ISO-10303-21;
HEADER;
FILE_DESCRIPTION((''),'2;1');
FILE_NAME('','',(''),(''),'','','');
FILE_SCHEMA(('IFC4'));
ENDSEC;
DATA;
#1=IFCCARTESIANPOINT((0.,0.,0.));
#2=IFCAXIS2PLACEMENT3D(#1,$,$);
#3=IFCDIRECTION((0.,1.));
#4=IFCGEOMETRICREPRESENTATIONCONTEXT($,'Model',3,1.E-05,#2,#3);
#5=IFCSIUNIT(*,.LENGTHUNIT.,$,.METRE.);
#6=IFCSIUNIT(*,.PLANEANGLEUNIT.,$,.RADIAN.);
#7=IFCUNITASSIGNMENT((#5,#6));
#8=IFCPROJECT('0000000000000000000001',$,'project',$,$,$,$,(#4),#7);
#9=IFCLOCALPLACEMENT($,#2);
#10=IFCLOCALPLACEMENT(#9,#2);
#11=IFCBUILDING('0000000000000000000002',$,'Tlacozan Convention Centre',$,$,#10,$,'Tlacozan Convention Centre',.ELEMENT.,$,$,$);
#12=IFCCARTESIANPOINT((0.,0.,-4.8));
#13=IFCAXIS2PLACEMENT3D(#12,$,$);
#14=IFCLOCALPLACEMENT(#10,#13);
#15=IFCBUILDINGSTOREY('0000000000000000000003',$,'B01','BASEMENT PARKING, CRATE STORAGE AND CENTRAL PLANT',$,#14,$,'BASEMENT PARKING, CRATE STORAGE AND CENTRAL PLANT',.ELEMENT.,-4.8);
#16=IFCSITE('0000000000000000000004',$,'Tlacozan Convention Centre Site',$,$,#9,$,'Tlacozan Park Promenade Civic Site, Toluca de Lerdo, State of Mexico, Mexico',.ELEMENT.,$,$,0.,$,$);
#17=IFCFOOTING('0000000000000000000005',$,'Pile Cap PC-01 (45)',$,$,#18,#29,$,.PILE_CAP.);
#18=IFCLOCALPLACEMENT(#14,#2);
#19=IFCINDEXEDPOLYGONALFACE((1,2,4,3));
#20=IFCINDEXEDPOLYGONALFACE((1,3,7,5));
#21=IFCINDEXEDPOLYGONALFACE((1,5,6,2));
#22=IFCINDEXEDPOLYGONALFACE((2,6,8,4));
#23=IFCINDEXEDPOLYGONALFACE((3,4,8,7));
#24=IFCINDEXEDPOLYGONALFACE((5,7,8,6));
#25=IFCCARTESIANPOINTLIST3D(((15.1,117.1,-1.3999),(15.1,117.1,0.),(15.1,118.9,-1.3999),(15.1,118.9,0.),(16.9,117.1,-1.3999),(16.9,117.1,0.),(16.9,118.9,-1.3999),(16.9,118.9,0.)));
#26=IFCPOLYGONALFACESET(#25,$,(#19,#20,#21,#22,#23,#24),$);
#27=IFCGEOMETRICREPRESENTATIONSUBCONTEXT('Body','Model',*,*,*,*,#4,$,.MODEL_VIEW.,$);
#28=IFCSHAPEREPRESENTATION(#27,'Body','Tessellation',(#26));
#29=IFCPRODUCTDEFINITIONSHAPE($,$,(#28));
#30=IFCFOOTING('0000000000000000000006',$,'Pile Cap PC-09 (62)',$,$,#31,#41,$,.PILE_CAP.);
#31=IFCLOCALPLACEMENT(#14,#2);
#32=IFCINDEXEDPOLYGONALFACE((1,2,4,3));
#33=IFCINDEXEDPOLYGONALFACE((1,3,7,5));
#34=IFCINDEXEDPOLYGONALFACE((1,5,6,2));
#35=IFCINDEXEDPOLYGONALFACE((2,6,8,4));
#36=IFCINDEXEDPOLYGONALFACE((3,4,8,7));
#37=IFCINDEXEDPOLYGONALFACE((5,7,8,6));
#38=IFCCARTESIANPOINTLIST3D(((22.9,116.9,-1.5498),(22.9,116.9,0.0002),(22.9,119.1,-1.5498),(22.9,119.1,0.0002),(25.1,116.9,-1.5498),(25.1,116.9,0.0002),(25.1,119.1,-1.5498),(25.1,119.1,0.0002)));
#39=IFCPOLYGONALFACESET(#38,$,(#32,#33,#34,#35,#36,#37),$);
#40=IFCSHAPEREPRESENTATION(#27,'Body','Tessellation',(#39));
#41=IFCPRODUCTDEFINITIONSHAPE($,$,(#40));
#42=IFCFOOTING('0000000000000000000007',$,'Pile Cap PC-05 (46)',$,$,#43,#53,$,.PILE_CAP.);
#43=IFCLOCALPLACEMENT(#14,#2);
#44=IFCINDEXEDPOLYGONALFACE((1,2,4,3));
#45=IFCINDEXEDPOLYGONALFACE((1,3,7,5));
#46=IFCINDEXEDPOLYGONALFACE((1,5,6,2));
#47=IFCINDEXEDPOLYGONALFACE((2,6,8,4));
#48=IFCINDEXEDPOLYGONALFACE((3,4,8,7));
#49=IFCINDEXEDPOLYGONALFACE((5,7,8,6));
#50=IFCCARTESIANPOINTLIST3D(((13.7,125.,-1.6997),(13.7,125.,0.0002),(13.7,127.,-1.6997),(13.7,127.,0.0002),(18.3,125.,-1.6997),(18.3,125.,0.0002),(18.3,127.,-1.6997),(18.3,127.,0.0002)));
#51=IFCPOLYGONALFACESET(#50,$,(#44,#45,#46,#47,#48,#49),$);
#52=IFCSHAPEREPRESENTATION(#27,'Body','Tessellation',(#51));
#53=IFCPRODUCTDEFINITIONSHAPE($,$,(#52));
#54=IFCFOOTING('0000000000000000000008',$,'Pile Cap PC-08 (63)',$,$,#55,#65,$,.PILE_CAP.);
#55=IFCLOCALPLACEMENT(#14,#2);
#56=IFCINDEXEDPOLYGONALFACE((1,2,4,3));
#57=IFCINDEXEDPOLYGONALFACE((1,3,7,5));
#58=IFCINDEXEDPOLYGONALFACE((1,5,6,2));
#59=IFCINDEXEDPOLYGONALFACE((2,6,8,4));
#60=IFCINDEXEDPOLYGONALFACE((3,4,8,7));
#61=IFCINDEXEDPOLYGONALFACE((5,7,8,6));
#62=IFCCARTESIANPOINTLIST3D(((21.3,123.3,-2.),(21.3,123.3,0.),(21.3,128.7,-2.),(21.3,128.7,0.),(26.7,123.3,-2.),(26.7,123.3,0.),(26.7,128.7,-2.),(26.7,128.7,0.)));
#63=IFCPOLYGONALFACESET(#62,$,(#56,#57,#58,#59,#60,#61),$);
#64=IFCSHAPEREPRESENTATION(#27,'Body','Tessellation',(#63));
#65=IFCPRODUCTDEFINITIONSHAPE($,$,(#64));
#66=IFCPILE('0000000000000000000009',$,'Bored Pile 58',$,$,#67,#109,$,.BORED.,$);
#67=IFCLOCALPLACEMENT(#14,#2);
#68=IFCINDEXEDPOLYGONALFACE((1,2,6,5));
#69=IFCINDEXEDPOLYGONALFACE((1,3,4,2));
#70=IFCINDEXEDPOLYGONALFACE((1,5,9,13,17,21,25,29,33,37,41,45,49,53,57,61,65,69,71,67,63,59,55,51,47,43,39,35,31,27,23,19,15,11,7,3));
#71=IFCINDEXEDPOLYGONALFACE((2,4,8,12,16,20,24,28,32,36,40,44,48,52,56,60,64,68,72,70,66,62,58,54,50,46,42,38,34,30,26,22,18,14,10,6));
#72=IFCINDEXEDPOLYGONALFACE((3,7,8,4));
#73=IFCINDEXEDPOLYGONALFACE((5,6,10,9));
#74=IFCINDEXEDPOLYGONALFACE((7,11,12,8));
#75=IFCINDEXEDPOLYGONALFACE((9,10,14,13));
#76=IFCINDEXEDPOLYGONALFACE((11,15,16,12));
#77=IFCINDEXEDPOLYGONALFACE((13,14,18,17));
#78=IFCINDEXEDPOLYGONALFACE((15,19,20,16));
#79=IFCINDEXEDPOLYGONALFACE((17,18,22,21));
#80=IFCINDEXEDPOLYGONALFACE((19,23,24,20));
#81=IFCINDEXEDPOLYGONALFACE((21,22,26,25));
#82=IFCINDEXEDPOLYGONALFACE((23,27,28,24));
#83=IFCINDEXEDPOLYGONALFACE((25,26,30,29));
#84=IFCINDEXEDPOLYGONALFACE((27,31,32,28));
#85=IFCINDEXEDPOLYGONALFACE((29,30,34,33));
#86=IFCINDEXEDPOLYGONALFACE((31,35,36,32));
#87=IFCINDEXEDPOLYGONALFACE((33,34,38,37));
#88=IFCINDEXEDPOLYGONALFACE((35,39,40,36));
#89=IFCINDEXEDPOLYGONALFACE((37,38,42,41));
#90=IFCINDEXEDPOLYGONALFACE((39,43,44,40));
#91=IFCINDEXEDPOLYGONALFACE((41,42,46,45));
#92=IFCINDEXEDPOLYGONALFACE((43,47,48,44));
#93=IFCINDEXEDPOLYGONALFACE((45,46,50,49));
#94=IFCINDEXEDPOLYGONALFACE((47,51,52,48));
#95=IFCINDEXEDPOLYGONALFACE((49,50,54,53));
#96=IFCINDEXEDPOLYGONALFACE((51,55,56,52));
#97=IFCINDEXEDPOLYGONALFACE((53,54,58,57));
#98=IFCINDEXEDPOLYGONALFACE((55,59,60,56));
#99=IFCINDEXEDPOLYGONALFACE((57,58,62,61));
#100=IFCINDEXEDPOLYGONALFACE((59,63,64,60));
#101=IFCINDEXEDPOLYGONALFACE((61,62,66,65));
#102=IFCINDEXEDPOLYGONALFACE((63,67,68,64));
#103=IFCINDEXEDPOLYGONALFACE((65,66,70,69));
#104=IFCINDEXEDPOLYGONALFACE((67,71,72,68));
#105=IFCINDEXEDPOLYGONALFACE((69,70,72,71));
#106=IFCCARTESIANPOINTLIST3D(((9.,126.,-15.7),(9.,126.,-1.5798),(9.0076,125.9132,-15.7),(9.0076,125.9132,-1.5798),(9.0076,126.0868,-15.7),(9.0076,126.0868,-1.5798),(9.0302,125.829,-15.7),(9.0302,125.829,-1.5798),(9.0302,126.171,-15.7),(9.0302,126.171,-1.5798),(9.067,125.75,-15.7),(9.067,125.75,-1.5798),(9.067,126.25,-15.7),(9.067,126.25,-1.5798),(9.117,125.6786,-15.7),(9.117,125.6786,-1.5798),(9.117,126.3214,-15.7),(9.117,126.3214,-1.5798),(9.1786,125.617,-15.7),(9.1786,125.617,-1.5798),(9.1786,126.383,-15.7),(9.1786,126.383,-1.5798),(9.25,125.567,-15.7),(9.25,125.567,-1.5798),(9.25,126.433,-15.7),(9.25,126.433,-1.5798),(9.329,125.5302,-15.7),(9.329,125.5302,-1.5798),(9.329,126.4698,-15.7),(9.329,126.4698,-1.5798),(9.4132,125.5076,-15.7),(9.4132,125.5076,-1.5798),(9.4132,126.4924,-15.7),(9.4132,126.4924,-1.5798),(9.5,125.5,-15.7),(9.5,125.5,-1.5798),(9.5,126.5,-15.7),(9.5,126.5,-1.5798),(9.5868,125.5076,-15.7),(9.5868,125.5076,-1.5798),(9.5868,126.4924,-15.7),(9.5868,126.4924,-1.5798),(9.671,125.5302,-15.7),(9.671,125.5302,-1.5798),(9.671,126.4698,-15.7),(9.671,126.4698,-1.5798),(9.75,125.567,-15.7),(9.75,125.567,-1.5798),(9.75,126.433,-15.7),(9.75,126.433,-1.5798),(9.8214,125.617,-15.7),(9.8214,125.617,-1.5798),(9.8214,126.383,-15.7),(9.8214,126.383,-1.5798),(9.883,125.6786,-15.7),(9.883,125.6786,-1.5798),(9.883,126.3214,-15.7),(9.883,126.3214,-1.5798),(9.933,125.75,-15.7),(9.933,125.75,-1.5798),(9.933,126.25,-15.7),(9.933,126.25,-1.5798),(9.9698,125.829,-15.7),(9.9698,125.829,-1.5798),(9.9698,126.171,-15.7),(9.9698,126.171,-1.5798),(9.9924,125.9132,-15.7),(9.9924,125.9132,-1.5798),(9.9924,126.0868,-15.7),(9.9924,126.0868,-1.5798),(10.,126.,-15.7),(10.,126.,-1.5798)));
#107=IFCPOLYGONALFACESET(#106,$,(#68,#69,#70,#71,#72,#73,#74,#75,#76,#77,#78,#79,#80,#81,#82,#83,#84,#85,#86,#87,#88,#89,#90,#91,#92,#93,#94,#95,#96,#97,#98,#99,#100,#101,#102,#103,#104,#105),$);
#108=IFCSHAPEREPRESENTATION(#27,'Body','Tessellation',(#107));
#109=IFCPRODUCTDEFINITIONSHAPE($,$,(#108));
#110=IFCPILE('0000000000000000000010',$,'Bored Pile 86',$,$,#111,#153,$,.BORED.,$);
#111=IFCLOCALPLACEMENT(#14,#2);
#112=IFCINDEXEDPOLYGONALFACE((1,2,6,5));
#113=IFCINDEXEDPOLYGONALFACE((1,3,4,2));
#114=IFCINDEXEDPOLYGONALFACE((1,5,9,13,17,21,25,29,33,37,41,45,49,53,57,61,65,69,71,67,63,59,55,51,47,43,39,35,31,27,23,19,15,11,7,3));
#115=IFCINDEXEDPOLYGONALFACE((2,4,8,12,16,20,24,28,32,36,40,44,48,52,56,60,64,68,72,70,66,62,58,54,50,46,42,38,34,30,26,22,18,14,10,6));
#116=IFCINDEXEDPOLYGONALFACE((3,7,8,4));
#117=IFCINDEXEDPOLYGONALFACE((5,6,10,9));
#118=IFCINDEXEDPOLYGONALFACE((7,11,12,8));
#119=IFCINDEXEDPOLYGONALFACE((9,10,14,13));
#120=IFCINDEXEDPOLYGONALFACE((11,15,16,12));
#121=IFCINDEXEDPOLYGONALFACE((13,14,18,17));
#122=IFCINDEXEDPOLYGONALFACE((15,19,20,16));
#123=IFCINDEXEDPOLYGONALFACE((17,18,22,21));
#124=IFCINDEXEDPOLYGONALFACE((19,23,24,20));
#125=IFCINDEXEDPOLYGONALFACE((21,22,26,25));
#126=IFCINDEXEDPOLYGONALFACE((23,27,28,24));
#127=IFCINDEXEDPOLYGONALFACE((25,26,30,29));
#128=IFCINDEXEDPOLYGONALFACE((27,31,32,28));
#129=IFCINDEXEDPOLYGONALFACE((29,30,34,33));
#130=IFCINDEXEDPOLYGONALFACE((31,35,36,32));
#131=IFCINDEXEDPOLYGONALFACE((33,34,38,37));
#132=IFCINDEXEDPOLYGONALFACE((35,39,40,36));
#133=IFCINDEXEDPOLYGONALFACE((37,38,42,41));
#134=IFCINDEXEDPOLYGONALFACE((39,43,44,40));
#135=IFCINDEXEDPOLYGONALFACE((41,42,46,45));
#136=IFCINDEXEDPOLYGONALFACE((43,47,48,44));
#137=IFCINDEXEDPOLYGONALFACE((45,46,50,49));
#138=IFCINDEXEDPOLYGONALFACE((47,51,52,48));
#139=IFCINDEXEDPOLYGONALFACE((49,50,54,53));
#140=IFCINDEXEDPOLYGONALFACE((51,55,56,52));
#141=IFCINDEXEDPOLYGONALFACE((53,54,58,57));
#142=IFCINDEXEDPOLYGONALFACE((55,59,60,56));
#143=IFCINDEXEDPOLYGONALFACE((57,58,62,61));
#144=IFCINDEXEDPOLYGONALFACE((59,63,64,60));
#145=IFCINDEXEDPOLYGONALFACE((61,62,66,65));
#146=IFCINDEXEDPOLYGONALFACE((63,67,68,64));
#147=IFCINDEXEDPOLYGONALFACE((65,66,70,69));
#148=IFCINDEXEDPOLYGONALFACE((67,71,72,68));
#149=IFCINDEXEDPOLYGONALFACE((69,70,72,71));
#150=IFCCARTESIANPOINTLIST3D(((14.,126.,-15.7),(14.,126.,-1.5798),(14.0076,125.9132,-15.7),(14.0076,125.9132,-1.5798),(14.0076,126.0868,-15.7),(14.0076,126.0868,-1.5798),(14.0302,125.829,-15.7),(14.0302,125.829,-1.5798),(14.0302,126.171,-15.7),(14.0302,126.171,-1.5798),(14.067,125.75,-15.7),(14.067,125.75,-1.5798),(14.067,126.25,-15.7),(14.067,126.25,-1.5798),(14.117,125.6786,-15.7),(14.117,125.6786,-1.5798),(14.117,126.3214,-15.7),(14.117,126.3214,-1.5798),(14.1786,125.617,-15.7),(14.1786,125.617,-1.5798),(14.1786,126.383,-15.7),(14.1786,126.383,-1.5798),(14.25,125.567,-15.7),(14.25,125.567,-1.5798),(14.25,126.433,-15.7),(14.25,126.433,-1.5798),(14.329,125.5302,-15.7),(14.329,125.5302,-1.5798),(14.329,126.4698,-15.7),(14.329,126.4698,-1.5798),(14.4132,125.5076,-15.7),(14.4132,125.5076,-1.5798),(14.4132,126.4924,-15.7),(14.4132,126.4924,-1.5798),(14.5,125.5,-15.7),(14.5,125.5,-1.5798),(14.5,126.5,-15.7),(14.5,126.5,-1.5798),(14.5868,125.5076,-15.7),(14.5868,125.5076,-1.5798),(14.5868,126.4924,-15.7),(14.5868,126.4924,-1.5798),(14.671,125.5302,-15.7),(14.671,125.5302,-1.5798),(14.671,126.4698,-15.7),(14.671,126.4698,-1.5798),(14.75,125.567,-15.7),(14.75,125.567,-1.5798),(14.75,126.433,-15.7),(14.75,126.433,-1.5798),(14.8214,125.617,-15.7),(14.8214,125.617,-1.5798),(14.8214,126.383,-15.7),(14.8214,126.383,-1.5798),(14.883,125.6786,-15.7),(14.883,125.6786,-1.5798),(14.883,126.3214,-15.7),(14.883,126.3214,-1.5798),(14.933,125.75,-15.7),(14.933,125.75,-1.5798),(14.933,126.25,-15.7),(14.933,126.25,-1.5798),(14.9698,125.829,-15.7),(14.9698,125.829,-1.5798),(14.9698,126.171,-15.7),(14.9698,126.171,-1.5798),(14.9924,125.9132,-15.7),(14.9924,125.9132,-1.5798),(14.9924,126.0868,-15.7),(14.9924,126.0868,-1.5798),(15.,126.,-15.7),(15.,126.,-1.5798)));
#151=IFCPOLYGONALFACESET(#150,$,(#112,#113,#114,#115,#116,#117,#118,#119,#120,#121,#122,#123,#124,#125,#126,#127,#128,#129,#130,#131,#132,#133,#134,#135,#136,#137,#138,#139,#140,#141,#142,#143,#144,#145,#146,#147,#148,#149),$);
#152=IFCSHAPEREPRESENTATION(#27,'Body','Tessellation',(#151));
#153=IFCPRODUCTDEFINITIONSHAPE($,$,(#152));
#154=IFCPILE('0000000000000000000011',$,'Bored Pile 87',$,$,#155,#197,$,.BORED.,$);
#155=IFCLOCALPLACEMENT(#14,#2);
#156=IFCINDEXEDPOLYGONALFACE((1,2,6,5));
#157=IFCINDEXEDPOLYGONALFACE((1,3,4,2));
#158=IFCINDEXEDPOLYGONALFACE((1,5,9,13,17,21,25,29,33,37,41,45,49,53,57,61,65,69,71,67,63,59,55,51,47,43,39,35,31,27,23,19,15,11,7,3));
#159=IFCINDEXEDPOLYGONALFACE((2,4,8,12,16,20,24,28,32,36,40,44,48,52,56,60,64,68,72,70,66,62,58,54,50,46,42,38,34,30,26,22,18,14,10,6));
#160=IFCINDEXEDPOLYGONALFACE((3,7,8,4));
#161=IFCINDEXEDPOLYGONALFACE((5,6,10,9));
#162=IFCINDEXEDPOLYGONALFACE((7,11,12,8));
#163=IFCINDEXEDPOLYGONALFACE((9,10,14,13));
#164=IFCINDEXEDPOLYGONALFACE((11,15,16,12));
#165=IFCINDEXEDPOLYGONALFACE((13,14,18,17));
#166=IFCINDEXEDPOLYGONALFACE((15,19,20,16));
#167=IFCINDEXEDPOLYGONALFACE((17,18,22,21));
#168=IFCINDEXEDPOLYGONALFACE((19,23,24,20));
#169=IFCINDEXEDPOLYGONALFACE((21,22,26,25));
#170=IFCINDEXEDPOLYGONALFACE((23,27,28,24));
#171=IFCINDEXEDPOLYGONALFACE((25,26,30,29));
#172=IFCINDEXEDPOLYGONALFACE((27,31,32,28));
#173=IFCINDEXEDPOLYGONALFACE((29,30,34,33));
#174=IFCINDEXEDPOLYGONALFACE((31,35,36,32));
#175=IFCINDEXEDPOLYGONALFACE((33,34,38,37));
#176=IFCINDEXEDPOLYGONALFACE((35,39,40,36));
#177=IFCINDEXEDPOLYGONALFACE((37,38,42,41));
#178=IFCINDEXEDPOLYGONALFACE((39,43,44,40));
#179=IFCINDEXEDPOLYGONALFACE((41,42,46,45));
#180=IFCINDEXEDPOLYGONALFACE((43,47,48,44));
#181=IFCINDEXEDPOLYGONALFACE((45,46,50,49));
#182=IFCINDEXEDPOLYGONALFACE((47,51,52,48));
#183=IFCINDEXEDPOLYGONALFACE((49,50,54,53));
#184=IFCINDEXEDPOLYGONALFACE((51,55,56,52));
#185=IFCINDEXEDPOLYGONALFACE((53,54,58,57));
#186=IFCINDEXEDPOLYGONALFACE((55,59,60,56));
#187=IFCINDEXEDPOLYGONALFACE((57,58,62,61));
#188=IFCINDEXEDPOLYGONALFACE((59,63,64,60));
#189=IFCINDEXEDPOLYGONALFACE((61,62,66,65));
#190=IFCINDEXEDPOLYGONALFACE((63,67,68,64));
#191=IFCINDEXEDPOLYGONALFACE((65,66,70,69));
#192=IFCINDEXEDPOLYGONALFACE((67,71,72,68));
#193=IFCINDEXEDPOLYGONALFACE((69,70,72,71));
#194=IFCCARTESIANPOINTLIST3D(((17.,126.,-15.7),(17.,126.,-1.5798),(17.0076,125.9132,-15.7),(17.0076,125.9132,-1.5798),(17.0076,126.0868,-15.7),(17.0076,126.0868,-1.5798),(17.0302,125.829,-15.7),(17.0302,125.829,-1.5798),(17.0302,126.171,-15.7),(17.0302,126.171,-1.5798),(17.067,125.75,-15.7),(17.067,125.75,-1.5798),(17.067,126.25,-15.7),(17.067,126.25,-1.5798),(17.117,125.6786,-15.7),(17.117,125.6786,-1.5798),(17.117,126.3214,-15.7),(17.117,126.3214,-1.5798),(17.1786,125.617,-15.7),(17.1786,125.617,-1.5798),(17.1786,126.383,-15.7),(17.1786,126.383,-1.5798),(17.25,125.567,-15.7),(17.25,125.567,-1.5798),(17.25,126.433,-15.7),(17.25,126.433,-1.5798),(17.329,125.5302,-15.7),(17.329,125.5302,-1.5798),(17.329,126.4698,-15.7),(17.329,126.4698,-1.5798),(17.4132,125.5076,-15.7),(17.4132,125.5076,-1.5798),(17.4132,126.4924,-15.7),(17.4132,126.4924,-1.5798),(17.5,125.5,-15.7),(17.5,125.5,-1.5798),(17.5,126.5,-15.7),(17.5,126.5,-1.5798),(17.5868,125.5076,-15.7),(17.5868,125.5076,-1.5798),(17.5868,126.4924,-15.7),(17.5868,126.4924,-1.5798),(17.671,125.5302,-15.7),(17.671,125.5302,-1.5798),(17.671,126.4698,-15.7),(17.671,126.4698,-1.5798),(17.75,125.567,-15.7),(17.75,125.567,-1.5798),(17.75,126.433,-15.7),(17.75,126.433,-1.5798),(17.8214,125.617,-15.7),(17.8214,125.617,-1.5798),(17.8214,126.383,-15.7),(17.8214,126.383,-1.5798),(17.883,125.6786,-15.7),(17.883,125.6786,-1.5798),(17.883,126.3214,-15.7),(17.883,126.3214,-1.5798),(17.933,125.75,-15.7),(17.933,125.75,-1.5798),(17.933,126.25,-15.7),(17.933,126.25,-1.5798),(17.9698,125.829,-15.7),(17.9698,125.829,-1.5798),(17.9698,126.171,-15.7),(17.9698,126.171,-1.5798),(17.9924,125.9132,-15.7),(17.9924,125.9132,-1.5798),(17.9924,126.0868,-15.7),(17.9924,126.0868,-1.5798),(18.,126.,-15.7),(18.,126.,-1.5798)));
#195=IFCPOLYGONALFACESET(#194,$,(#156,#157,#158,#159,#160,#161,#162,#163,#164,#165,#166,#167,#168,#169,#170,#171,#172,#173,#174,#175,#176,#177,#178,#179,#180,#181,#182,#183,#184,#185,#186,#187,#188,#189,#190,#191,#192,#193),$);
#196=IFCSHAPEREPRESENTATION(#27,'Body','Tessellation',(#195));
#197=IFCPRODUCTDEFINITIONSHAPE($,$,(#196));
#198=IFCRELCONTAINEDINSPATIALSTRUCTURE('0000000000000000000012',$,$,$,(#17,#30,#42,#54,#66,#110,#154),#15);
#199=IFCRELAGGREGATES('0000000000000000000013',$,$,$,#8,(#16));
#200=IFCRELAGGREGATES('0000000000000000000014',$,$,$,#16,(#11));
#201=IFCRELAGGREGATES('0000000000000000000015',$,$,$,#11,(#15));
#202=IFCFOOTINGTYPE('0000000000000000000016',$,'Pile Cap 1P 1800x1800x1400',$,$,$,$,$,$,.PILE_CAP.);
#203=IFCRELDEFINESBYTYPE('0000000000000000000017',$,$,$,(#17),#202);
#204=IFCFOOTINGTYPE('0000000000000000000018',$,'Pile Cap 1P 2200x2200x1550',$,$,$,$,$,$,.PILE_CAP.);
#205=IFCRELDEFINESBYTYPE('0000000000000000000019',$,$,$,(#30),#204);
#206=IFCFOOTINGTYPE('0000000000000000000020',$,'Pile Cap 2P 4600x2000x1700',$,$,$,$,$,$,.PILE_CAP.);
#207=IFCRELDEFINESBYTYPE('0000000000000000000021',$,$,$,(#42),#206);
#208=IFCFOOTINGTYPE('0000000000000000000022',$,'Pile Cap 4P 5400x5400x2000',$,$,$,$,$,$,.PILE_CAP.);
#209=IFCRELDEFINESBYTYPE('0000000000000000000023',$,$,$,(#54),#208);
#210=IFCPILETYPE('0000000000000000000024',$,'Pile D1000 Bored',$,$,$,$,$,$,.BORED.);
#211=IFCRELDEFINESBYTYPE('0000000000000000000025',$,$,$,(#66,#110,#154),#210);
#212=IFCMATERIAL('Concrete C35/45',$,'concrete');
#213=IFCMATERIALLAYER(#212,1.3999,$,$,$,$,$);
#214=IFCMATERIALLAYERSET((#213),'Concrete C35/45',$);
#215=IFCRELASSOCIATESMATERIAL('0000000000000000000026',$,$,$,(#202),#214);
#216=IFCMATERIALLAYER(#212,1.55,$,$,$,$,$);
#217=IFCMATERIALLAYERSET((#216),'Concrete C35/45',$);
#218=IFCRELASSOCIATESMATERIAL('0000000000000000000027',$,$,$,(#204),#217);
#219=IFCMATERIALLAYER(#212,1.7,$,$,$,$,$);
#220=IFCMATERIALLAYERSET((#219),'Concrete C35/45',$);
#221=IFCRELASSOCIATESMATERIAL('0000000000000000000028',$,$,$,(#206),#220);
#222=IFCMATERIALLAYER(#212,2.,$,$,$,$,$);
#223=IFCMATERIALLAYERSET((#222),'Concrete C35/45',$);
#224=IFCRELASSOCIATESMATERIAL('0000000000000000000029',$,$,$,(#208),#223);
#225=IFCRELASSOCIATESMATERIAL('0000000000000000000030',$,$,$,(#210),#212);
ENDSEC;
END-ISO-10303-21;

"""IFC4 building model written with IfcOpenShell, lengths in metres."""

from ifc_helpers import new_model, si_unit, direction, frame, origin, origin_2d, place, context, subcontext, project, spatial, rectangle, circle, extrude, material, layer, layer_set, material_profile, profile_set, type_object, element, save


model = new_model("IFC4")

# Units and contexts
model_context = context("Model", 3, precision=1e-05, world=origin(), true_north=direction((0.0, 1.0)))
body_context = subcontext(model_context, "Body", "Model", "MODEL_VIEW")
ifc_project = project(units=[si_unit("LENGTHUNIT", "METRE"), si_unit("PLANEANGLEUNIT", "RADIAN")], contexts=[model_context])

# Site, building, storey
site_placement = place(None, origin())
site = spatial("IfcSite", under=ifc_project, at=site_placement, Name="Tlacozan Convention Centre Site", LongName="Tlacozan Park Promenade Civic Site, Toluca de Lerdo, State of Mexico, Mexico", CompositionType="ELEMENT", RefElevation=0.0)
building_placement = place(site_placement, origin())
building = spatial("IfcBuilding", under=site, at=building_placement, Name="Tlacozan Convention Centre", LongName="Tlacozan Convention Centre", CompositionType="ELEMENT")
storey_placement = place(building_placement, frame((0.0, 0.0, -4.8)))
storey = spatial("IfcBuildingStorey", under=building, at=storey_placement, Name="B01", Description="BASEMENT PARKING, CRATE STORAGE AND CENTRAL PLANT", LongName="BASEMENT PARKING, CRATE STORAGE AND CENTRAL PLANT", CompositionType="ELEMENT", Elevation=-4.8)

# Footings
ifc_material_1 = material(Name="Concrete C35/45", Category="concrete")
ifc_layer_1 = layer(ifc_material_1, 1.3999)
ifc_layer_set_1 = layer_set([ifc_layer_1], Name="Concrete C35/45")
footing_type_1 = type_object("IfcFootingType", Name="Pile Cap 1P 1800x1800x1400", PredefinedType="PILE_CAP", material=ifc_layer_set_1)
footing_1_placement = place(storey_placement, frame((16.0, 118.0, -1.3999), z_axis=(0.0, 0.0, 1.0), x_axis=(1.0, 0.0, 0.0)))
element("IfcFooting", 1, at=footing_1_placement, inside=storey, type_object=footing_type_1, Name="Pile Cap PC-01 (45)", PredefinedType="PILE_CAP", context=body_context, shape_type="SweptSolid", body=[
    extrude(rectangle(XDim=1.8, YDim=1.8, at=origin_2d()), origin(), (0.0, 0.0, 1.0), 1.3999),
])
ifc_layer_2 = layer(ifc_material_1, 1.55)
ifc_layer_set_2 = layer_set([ifc_layer_2], Name="Concrete C35/45")
footing_type_2 = type_object("IfcFootingType", Name="Pile Cap 1P 2200x2200x1550", PredefinedType="PILE_CAP", material=ifc_layer_set_2)
footing_2_placement = place(storey_placement, frame((24.0, 118.0, -1.5498), z_axis=(0.0, 0.0, 1.0), x_axis=(1.0, 0.0, 0.0)))
element("IfcFooting", 2, at=footing_2_placement, inside=storey, type_object=footing_type_2, Name="Pile Cap PC-09 (62)", PredefinedType="PILE_CAP", context=body_context, shape_type="SweptSolid", body=[
    extrude(rectangle(XDim=2.2, YDim=2.2, at=origin_2d()), origin(), (0.0, 0.0, 1.0), 1.55),
])
ifc_layer_3 = layer(ifc_material_1, 1.7)
ifc_layer_set_3 = layer_set([ifc_layer_3], Name="Concrete C35/45")
footing_type_3 = type_object("IfcFootingType", Name="Pile Cap 2P 4600x2000x1700", PredefinedType="PILE_CAP", material=ifc_layer_set_3)
footing_3_placement = place(storey_placement, frame((16.0, 126.0, -1.6997), z_axis=(0.0, 0.0, 1.0), x_axis=(1.0, 0.0, 0.0)))
element("IfcFooting", 3, at=footing_3_placement, inside=storey, type_object=footing_type_3, Name="Pile Cap PC-05 (46)", PredefinedType="PILE_CAP", context=body_context, shape_type="SweptSolid", body=[
    extrude(rectangle(XDim=4.6001, YDim=2.0, at=origin_2d()), origin(), (0.0, 0.0, 1.0), 1.7),
])
ifc_layer_4 = layer(ifc_material_1, 2.0)
ifc_layer_set_4 = layer_set([ifc_layer_4], Name="Concrete C35/45")
footing_type_4 = type_object("IfcFootingType", Name="Pile Cap 4P 5400x5400x2000", PredefinedType="PILE_CAP", material=ifc_layer_set_4)
footing_4_placement = place(storey_placement, frame((24.0, 126.0, -2.0), z_axis=(0.0, 0.0, 1.0), x_axis=(1.0, 0.0, 0.0)))
element("IfcFooting", 4, at=footing_4_placement, inside=storey, type_object=footing_type_4, Name="Pile Cap PC-08 (63)", PredefinedType="PILE_CAP", context=body_context, shape_type="SweptSolid", body=[
    extrude(rectangle(XDim=5.3999, YDim=5.3999, at=origin_2d()), origin(), (0.0, 0.0, 1.0), 2.0),
])

# Piles
ifc_material_profile_1 = material_profile(ifc_material_1, circle(Radius=0.5, at=origin_2d()), Name="PILE D1000")
ifc_profile_set_1 = profile_set([ifc_material_profile_1], Name="Concrete C35/45")
pile_type_1 = type_object("IfcPileType", Name="Pile D1000 Bored", PredefinedType="BORED", material=ifc_profile_set_1)
for number, where, z_axis, x_axis, name in (
    (5, (9.5, 126.0, -1.5798), (0.0, 0.0, -1.0), (1.0, 0.0, 0.0), "Bored Pile 58"),
    (6, (14.5, 126.0, -1.5798), (0.0, 0.0, -1.0), (1.0, 0.0, 0.0), "Bored Pile 86"),
    (7, (17.5, 126.0, -1.5798), (0.0, 0.0, -1.0), (1.0, 0.0, 0.0), "Bored Pile 87"),
):
    element("IfcPile", number, at=place(storey_placement, frame(where, z_axis=z_axis, x_axis=x_axis)), inside=storey, type_object=pile_type_1, Name=name, PredefinedType="BORED", context=body_context, shape_type="SweptSolid", body=[
        extrude(circle(Radius=0.5, at=origin_2d()), origin(), (0.0, 0.0, 1.0), 14.1201),
    ])

save(model, "model.ifc")
